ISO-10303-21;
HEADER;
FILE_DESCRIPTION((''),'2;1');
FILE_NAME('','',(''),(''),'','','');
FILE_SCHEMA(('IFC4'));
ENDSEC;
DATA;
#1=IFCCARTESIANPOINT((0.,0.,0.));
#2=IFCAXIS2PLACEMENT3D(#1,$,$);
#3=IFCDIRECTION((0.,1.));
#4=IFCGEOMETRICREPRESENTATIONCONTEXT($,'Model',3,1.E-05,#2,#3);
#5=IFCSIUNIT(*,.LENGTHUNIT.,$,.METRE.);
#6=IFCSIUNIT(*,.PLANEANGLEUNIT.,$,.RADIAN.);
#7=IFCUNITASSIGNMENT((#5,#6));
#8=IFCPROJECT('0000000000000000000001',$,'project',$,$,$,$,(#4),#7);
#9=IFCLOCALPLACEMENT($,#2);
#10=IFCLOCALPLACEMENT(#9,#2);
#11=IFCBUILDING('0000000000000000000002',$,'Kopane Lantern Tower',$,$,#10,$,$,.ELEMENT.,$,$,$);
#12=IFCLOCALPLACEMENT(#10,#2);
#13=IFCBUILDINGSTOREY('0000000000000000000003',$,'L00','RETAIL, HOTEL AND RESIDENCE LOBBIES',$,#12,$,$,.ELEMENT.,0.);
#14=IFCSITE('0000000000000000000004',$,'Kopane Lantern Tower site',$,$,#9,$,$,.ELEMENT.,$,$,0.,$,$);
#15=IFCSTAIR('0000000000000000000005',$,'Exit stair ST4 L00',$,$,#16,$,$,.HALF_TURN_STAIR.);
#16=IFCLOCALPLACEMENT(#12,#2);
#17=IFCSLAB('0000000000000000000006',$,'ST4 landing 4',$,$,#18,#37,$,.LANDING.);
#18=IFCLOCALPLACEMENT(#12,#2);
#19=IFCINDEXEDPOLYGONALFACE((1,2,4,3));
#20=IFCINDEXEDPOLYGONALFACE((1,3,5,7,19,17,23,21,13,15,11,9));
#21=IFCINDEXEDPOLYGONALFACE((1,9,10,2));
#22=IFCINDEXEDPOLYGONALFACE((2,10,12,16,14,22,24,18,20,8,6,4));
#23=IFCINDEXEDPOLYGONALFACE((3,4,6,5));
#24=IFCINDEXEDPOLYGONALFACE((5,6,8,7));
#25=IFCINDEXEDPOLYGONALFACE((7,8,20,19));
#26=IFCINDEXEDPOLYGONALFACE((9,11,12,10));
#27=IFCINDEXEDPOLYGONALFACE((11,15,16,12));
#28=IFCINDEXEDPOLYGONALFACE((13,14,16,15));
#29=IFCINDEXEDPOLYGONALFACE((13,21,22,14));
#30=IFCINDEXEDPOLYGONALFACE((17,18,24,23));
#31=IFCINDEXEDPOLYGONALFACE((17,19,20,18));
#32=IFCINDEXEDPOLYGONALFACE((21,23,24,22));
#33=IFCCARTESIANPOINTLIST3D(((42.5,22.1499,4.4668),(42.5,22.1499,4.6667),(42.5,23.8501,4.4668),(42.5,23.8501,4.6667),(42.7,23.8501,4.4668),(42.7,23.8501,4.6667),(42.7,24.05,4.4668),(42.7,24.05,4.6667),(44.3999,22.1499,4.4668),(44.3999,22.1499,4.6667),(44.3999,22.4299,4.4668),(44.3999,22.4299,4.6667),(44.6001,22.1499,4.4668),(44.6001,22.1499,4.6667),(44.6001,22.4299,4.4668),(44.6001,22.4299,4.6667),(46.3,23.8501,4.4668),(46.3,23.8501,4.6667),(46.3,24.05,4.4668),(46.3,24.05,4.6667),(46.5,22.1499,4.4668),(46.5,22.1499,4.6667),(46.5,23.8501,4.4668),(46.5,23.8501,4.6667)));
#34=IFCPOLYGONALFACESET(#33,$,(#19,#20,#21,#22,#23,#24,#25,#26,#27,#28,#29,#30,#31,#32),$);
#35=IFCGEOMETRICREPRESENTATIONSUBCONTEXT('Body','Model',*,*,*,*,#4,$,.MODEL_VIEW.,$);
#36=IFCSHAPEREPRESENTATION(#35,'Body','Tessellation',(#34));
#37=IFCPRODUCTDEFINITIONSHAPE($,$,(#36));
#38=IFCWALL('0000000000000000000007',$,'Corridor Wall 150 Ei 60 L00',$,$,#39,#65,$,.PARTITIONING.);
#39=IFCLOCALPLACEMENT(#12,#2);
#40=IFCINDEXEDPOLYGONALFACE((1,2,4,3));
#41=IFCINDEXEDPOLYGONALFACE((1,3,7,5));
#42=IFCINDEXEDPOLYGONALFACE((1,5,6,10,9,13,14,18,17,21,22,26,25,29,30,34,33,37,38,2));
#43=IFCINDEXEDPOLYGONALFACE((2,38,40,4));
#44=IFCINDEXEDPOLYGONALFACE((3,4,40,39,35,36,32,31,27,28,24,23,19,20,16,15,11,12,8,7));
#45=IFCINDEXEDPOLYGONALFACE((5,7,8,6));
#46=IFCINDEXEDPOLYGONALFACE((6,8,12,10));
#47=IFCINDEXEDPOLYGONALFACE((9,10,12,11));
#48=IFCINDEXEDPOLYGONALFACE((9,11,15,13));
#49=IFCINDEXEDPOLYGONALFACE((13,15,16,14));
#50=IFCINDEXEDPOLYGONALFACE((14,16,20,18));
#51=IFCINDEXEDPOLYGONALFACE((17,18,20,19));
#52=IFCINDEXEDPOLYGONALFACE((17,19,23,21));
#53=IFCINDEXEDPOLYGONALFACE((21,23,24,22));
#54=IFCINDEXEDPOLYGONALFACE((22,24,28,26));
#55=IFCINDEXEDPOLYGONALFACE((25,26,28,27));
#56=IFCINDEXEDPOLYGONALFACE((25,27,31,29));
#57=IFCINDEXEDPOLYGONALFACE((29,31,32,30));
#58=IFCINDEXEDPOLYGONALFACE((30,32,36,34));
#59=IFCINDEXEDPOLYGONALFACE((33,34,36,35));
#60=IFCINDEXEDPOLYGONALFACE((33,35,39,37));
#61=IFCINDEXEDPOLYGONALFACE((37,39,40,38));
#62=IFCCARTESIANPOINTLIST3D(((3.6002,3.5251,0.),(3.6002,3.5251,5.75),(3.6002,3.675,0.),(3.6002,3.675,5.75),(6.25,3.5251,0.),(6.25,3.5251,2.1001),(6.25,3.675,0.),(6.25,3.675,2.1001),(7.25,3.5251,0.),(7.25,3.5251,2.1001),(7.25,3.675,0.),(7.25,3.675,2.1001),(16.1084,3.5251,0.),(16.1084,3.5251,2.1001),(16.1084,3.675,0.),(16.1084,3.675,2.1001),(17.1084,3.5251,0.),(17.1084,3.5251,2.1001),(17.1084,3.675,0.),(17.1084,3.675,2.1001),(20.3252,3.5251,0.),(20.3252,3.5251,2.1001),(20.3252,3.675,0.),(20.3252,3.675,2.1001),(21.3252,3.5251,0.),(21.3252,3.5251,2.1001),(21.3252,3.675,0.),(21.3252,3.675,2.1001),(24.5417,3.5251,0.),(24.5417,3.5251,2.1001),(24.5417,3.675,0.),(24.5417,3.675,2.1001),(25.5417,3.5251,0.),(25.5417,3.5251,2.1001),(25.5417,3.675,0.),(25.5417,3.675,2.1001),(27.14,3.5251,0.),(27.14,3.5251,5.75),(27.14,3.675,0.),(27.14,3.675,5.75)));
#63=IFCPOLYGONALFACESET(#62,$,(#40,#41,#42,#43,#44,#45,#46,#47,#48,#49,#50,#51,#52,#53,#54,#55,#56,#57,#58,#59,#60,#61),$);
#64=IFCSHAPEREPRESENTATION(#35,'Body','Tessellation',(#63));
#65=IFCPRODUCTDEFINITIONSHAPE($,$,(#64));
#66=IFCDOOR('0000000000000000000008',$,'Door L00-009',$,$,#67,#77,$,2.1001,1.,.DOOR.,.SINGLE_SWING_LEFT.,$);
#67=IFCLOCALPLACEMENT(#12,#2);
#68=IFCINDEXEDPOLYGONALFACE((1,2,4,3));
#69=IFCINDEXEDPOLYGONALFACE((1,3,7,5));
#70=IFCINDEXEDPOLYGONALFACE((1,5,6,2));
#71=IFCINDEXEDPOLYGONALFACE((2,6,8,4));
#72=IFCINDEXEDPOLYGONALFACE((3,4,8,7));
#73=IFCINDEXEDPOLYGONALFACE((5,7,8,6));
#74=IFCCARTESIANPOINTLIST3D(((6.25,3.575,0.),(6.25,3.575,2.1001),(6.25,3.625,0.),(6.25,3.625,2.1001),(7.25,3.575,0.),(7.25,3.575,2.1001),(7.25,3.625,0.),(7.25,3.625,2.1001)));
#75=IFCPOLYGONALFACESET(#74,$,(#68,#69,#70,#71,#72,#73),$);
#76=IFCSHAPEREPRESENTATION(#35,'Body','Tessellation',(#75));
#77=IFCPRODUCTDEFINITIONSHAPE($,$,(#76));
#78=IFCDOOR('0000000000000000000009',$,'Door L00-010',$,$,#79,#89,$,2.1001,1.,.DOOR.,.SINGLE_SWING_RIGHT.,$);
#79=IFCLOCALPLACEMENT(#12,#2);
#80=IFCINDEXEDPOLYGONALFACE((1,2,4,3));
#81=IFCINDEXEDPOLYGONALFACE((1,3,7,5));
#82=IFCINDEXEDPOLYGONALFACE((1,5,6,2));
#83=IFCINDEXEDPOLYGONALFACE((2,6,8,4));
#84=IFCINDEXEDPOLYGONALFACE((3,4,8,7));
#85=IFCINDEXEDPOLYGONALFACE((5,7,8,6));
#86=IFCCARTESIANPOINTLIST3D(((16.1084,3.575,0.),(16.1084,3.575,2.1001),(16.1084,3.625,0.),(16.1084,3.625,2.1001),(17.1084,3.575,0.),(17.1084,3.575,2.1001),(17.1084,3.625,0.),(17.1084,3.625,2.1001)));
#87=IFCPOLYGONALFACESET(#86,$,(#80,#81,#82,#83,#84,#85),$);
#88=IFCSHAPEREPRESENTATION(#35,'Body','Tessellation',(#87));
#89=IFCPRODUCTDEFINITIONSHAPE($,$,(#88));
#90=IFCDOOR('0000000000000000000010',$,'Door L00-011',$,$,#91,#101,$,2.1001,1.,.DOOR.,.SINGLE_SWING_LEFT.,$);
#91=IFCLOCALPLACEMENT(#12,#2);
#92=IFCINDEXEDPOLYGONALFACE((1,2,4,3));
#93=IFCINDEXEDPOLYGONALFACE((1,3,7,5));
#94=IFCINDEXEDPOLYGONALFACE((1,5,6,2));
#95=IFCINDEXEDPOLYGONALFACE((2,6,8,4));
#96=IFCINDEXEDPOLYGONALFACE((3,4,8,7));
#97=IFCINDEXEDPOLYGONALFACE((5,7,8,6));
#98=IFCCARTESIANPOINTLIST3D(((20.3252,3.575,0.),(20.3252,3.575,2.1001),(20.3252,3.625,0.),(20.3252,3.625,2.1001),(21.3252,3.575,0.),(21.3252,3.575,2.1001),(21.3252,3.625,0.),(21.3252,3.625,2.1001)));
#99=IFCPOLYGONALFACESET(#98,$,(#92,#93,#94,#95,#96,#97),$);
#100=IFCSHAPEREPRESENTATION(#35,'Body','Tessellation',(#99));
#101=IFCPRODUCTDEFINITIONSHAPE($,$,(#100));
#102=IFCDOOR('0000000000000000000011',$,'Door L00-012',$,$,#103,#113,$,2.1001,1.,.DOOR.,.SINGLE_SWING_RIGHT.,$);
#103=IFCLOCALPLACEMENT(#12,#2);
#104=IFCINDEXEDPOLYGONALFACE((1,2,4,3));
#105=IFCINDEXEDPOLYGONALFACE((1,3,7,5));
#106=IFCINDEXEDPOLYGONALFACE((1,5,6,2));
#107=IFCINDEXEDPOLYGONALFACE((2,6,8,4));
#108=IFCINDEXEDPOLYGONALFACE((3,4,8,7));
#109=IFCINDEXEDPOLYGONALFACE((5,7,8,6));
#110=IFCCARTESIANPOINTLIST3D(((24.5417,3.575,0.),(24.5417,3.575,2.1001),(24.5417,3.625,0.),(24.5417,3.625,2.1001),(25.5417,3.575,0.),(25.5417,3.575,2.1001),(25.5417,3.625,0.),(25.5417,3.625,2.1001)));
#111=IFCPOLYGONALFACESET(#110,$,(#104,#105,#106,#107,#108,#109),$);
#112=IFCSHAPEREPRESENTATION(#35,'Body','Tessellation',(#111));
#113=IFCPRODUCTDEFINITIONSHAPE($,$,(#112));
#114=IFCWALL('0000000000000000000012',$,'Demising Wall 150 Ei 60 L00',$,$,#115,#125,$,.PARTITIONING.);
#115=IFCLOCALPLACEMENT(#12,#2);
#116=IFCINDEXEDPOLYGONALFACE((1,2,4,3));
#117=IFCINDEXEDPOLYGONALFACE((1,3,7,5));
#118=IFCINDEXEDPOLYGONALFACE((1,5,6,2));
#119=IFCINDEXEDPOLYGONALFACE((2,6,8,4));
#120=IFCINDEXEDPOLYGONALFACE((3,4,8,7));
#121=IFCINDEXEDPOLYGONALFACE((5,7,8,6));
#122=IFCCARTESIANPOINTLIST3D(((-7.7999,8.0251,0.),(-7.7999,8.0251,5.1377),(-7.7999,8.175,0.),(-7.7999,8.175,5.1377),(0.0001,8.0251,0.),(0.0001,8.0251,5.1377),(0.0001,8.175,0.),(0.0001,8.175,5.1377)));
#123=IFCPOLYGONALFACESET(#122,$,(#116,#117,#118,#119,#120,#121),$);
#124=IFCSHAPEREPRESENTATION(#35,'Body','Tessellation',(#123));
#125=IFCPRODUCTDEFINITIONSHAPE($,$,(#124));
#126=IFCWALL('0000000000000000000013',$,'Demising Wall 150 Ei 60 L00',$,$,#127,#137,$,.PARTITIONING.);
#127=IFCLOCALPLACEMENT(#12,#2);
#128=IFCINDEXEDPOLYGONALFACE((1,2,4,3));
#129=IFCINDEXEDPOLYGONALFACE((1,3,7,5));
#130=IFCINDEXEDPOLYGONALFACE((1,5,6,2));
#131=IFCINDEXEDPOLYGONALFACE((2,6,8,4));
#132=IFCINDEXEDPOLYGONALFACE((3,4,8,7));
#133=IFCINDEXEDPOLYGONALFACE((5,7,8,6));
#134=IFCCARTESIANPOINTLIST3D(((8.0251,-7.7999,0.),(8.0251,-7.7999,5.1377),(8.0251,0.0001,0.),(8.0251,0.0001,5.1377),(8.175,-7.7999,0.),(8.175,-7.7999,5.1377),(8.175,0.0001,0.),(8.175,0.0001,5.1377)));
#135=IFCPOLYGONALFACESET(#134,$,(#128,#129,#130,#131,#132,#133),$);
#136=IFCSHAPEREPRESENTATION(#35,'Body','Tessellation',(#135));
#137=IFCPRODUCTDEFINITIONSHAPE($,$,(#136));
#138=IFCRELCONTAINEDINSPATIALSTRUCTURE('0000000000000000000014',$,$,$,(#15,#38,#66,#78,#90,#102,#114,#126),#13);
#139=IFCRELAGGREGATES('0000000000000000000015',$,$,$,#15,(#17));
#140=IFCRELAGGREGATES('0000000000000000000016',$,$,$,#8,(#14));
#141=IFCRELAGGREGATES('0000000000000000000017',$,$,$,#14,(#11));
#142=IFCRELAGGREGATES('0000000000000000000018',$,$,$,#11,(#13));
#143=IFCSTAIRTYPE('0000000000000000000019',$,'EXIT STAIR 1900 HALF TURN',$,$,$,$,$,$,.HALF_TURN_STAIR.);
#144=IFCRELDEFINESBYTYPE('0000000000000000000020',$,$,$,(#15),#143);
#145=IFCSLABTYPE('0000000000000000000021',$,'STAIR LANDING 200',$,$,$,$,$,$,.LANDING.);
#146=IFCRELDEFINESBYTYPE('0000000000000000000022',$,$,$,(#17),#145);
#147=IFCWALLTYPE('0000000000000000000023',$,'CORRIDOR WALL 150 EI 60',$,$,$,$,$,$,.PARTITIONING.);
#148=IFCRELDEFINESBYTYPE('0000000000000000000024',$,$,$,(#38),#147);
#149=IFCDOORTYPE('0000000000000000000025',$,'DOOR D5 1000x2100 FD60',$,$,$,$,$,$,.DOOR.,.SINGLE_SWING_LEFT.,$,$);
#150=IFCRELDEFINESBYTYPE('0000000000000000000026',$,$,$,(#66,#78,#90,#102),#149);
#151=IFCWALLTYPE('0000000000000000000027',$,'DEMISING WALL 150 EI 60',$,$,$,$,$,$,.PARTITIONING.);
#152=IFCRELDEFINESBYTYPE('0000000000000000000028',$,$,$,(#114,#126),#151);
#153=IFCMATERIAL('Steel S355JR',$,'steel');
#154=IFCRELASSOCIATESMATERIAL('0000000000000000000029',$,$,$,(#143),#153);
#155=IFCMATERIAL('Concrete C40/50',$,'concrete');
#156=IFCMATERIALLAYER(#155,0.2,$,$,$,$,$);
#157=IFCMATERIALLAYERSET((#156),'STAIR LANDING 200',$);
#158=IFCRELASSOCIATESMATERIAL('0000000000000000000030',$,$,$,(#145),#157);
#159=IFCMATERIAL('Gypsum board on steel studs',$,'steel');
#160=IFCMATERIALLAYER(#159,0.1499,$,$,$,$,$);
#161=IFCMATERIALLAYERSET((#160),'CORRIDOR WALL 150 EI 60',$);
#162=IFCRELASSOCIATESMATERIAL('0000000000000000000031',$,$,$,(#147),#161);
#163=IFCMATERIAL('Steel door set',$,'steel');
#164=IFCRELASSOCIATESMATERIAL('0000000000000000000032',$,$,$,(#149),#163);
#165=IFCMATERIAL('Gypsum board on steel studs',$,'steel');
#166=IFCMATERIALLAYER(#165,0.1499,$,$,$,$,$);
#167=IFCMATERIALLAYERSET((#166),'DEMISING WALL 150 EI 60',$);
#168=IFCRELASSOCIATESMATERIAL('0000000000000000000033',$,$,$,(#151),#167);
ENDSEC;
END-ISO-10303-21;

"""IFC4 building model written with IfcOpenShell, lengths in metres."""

from ifc_helpers import new_model, si_unit, direction, frame, frame_2d, origin, place, context, subcontext, project, spatial, polyline, rectangle, outline, extrude, material, layer, layer_set, type_object, element, fill, aggregate, save


model = new_model("IFC4")

# Units and contexts
model_context = context("Model", 3, precision=1e-05, world=origin(), true_north=direction((0.0, 1.0)))
body_context = subcontext(model_context, "Body", "Model", "MODEL_VIEW")
ifc_project = project(units=[si_unit("LENGTHUNIT", "METRE"), si_unit("PLANEANGLEUNIT", "RADIAN")], contexts=[model_context])

# Site, building, storey
site_placement = place(None, origin())
site = spatial("IfcSite", under=ifc_project, at=site_placement, Name="Kopane Lantern Tower site", CompositionType="ELEMENT", RefElevation=0.0)
building_placement = place(site_placement, origin())
building = spatial("IfcBuilding", under=site, at=building_placement, Name="Kopane Lantern Tower", CompositionType="ELEMENT")
storey_placement = place(building_placement, origin())
storey = spatial("IfcBuildingStorey", under=building, at=storey_placement, Name="L00", Description="RETAIL, HOTEL AND RESIDENCE LOBBIES", CompositionType="ELEMENT", Elevation=0.0)

# Stair, slab
ifc_material_1 = material(Name="Steel S355JR", Category="steel")
stair_type = type_object("IfcStairType", Name="EXIT STAIR 1900 HALF TURN", PredefinedType="HALF_TURN_STAIR", material=ifc_material_1)
ifc_material_2 = material(Name="Concrete C40/50", Category="concrete")
ifc_layer_1 = layer(ifc_material_2, 0.2)
ifc_layer_set_1 = layer_set([ifc_layer_1], Name="STAIR LANDING 200")
slab_type = type_object("IfcSlabType", Name="STAIR LANDING 200", PredefinedType="LANDING", material=ifc_layer_set_1)
stair_1_placement = place(storey_placement, origin())
stair_1 = element("IfcStair", 1, at=stair_1_placement, inside=storey, type_object=stair_type, Name="Exit stair ST4 L00", PredefinedType="HALF_TURN_STAIR")
slab_1_placement = place(storey_placement, frame((0.0, 0.0, 4.4668)))
slab_1 = element("IfcSlab", 2, at=slab_1_placement, type_object=slab_type, Name="ST4 landing 4", PredefinedType="LANDING", context=body_context, shape_type="SweptSolid", body=[
    extrude(outline(polyline([(42.7, 23.8501), (42.5, 23.8501), (42.5, 22.1499), (44.3999, 22.1499), (44.3999, 22.4299), (44.6001, 22.4299), (44.6001, 22.1499), (46.5, 22.1499), (46.5, 23.8501), (46.3, 23.8501), (46.3, 24.05), (42.7, 24.05), (42.7, 23.8501)])), origin(), (0.0, 0.0, 1.0), 0.2),
])
aggregate(stair_1, [slab_1])

# Wall, openings, doors
ifc_material_3 = material(Name="Gypsum board on steel studs", Category="steel")
ifc_layer_2 = layer(ifc_material_3, 0.1499)
ifc_layer_set_2 = layer_set([ifc_layer_2], Name="CORRIDOR WALL 150 EI 60")
wall_type_1 = type_object("IfcWallType", Name="CORRIDOR WALL 150 EI 60", PredefinedType="PARTITIONING", material=ifc_layer_set_2)
wall_placement = place(storey_placement, frame((3.6001, 3.6001, 0.0), z_axis=(0.0, 0.0, 1.0), x_axis=(1.0, 0.0, 0.0)))
wall = element("IfcWall", 3, at=wall_placement, inside=storey, type_object=wall_type_1, Name="Corridor Wall 150 Ei 60 L00", PredefinedType="PARTITIONING", context=body_context, shape_type="SweptSolid", body=[
    extrude(rectangle(XDim=23.5398, YDim=0.1499, at=frame_2d((11.77, 0.0))), origin(), (0.0, 0.0, 1.0), 5.75),
])
opening_1_placement = place(wall_placement, frame((2.6499, 0.0, 0.0)))
opening_1 = element("IfcOpeningElement", 4, at=opening_1_placement, cuts=wall, PredefinedType="OPENING", context=body_context, shape_type="SweptSolid", body=[
    extrude(rectangle(XDim=1.0, YDim=2.1001, at=frame_2d((0.5, 1.05))), frame((0.0, 0.085, 0.0), z_axis=(0.0, -1.0, 0.0), x_axis=(1.0, 0.0, 0.0)), (0.0, 0.0, 1.0), 0.1699),
])
opening_2_placement = place(wall_placement, frame((12.5083, 0.0, 0.0)))
opening_2 = element("IfcOpeningElement", 5, at=opening_2_placement, cuts=wall, PredefinedType="OPENING", context=body_context, shape_type="SweptSolid", body=[
    extrude(rectangle(XDim=1.0, YDim=2.1001, at=frame_2d((0.5, 1.05))), frame((0.0, 0.085, 0.0), z_axis=(0.0, -1.0, 0.0), x_axis=(1.0, 0.0, 0.0)), (0.0, 0.0, 1.0), 0.1699),
])
opening_3_placement = place(wall_placement, frame((16.7251, 0.0, 0.0)))
opening_3 = element("IfcOpeningElement", 6, at=opening_3_placement, cuts=wall, PredefinedType="OPENING", context=body_context, shape_type="SweptSolid", body=[
    extrude(rectangle(XDim=1.0, YDim=2.1001, at=frame_2d((0.5, 1.05))), frame((0.0, 0.085, 0.0), z_axis=(0.0, -1.0, 0.0), x_axis=(1.0, 0.0, 0.0)), (0.0, 0.0, 1.0), 0.1699),
])
opening_4_placement = place(wall_placement, frame((20.9417, 0.0, 0.0)))
opening_4 = element("IfcOpeningElement", 7, at=opening_4_placement, cuts=wall, PredefinedType="OPENING", context=body_context, shape_type="SweptSolid", body=[
    extrude(rectangle(XDim=1.0, YDim=2.1001, at=frame_2d((0.5, 1.05))), frame((0.0, 0.085, 0.0), z_axis=(0.0, -1.0, 0.0), x_axis=(1.0, 0.0, 0.0)), (0.0, 0.0, 1.0), 0.1699),
])
ifc_material_4 = material(Name="Steel door set", Category="steel")
door_type = type_object("IfcDoorType", Name="DOOR D5 1000x2100 FD60", OperationType="SINGLE_SWING_LEFT", PredefinedType="DOOR", material=ifc_material_4)
door_1_placement = place(opening_1_placement, origin())
door_1 = element("IfcDoor", 8, at=door_1_placement, inside=storey, type_object=door_type, Name="Door L00-009", OperationType="SINGLE_SWING_LEFT", OverallHeight=2.1001, OverallWidth=1.0, PredefinedType="DOOR", context=body_context, shape_type="SweptSolid", body=[
    extrude(rectangle(XDim=1.0, YDim=2.1001, at=frame_2d((0.5, 1.05))), frame((0.0, 0.0249, 0.0), z_axis=(0.0, -1.0, 0.0), x_axis=(1.0, 0.0, 0.0)), (0.0, 0.0, 1.0), 0.05),
])
fill(opening_1, door_1)
door_2_placement = place(opening_2_placement, origin())
door_2 = element("IfcDoor", 9, at=door_2_placement, inside=storey, type_object=door_type, Name="Door L00-010", OperationType="SINGLE_SWING_RIGHT", OverallHeight=2.1001, OverallWidth=1.0, PredefinedType="DOOR", context=body_context, shape_type="SweptSolid", body=[
    extrude(rectangle(XDim=1.0, YDim=2.1001, at=frame_2d((0.5, 1.05))), frame((0.0, 0.0249, 0.0), z_axis=(0.0, -1.0, 0.0), x_axis=(1.0, 0.0, 0.0)), (0.0, 0.0, 1.0), 0.05),
])
fill(opening_2, door_2)
door_3_placement = place(opening_3_placement, origin())
door_3 = element("IfcDoor", 10, at=door_3_placement, inside=storey, type_object=door_type, Name="Door L00-011", OperationType="SINGLE_SWING_LEFT", OverallHeight=2.1001, OverallWidth=1.0, PredefinedType="DOOR", context=body_context, shape_type="SweptSolid", body=[
    extrude(rectangle(XDim=1.0, YDim=2.1001, at=frame_2d((0.5, 1.05))), frame((0.0, 0.0249, 0.0), z_axis=(0.0, -1.0, 0.0), x_axis=(1.0, 0.0, 0.0)), (0.0, 0.0, 1.0), 0.05),
])
fill(opening_3, door_3)
door_4_placement = place(opening_4_placement, origin())
door_4 = element("IfcDoor", 11, at=door_4_placement, inside=storey, type_object=door_type, Name="Door L00-012", OperationType="SINGLE_SWING_RIGHT", OverallHeight=2.1001, OverallWidth=1.0, PredefinedType="DOOR", context=body_context, shape_type="SweptSolid", body=[
    extrude(rectangle(XDim=1.0, YDim=2.1001, at=frame_2d((0.5, 1.05))), frame((0.0, 0.0249, 0.0), z_axis=(0.0, -1.0, 0.0), x_axis=(1.0, 0.0, 0.0)), (0.0, 0.0, 1.0), 0.05),
])
fill(opening_4, door_4)

# Walls
ifc_material_5 = material(Name="Gypsum board on steel studs", Category="steel")
ifc_layer_3 = layer(ifc_material_5, 0.1499)
ifc_layer_set_3 = layer_set([ifc_layer_3], Name="DEMISING WALL 150 EI 60")
wall_type_2 = type_object("IfcWallType", Name="DEMISING WALL 150 EI 60", PredefinedType="PARTITIONING", material=ifc_layer_set_3)
for number, where, z_axis, x_axis, name in (
    (12, (0.0, 8.1001, 0.0), (0.0, 0.0, 1.0), (-1.0, 0.0, 0.0), "Demising Wall 150 Ei 60 L00"),
    (13, (8.1001, 0.0, 0.0), (0.0, 0.0, 1.0), (0.0, -1.0, 0.0), "Demising Wall 150 Ei 60 L00"),
):
    element("IfcWall", number, at=place(storey_placement, frame(where, z_axis=z_axis, x_axis=x_axis)), inside=storey, type_object=wall_type_2, Name=name, PredefinedType="PARTITIONING", context=body_context, shape_type="SweptSolid", body=[
        extrude(rectangle(XDim=7.8, YDim=0.1499, at=frame_2d((3.8999, 0.0))), origin(), (0.0, 0.0, 1.0), 5.1377),
    ])

save(model, "model.ifc")
